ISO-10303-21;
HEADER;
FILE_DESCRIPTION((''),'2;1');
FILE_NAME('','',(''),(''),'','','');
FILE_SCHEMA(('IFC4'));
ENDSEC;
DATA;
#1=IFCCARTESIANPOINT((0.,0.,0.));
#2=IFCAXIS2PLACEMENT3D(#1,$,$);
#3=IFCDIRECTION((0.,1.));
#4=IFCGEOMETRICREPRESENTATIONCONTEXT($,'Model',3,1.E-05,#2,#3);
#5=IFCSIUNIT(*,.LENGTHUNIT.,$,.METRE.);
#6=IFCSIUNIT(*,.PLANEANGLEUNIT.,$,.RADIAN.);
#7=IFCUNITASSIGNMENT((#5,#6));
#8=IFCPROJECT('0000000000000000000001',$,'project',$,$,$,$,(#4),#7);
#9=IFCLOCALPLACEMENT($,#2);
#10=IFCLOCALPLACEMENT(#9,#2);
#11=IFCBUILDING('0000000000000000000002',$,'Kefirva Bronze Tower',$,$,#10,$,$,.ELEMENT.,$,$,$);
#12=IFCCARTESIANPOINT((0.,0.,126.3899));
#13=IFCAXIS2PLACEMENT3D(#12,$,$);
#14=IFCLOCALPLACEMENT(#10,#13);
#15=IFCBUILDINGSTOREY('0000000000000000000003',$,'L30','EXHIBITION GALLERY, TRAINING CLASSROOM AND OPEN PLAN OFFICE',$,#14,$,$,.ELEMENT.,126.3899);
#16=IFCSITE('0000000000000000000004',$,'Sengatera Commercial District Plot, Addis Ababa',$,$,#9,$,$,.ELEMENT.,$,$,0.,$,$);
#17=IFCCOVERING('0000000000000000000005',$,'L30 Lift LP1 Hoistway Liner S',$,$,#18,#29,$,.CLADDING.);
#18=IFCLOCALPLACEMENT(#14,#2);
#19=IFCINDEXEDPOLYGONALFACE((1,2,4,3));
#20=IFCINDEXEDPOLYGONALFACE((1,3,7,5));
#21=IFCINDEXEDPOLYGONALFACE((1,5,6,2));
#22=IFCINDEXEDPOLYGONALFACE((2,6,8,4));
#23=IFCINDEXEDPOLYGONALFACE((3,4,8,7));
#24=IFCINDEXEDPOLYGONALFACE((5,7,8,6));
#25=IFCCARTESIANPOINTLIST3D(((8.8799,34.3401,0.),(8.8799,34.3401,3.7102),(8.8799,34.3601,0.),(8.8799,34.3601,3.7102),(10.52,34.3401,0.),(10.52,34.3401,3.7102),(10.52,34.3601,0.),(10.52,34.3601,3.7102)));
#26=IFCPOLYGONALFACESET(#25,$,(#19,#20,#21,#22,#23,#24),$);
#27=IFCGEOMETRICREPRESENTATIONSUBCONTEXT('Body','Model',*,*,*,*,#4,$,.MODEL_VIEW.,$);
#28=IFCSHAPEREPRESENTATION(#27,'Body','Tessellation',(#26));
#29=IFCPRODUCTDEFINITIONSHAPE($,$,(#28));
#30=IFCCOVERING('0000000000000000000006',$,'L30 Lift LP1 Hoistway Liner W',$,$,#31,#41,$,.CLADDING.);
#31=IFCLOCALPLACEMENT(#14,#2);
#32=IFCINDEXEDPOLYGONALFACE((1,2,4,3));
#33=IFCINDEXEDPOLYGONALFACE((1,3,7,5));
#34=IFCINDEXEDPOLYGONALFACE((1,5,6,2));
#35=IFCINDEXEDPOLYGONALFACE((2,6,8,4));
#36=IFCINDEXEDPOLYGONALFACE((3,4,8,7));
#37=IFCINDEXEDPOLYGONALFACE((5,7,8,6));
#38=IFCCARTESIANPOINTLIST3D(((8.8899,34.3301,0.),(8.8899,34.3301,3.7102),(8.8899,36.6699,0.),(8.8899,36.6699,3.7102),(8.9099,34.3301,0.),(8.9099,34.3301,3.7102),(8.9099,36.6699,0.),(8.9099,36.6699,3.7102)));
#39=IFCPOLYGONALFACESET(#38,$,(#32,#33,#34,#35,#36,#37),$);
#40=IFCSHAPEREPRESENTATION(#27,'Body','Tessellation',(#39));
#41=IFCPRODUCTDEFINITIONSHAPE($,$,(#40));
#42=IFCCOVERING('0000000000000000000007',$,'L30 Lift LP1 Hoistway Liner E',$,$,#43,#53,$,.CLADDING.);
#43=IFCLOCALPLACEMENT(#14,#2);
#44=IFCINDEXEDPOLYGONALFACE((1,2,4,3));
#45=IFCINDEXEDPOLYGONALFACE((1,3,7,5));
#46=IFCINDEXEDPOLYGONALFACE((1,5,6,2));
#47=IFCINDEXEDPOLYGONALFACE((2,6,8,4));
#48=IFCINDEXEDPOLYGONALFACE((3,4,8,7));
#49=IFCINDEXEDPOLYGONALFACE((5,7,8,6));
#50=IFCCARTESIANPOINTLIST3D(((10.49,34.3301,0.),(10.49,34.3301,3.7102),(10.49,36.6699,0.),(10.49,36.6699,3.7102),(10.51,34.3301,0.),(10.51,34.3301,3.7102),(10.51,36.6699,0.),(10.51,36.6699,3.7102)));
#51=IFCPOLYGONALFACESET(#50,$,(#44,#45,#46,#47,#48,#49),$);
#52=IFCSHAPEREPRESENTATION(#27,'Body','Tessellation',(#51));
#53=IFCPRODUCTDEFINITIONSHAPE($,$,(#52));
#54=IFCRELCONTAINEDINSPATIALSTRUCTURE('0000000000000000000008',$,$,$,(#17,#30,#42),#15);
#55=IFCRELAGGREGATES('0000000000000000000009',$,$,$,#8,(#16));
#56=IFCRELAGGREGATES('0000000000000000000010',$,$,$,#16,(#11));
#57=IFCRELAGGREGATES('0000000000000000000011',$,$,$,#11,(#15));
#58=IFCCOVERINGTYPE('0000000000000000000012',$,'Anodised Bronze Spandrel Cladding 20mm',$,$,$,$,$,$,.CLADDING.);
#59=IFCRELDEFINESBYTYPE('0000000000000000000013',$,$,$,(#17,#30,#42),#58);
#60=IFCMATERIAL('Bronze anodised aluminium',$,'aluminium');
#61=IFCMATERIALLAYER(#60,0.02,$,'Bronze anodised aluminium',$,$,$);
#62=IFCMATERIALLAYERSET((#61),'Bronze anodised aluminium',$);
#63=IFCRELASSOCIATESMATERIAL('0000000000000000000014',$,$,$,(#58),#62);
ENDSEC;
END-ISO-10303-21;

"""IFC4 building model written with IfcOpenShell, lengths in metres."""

from ifc_helpers import new_model, si_unit, direction, frame, origin, place, context, subcontext, project, spatial, polyline, outline, extrude, material, layer, layer_set, type_object, element, save


model = new_model("IFC4")

# Units and contexts
model_context = context("Model", 3, precision=1e-05, world=origin(), true_north=direction((0.0, 1.0)))
body_context = subcontext(model_context, "Body", "Model", "MODEL_VIEW")
ifc_project = project(units=[si_unit("LENGTHUNIT", "METRE"), si_unit("PLANEANGLEUNIT", "RADIAN")], contexts=[model_context])

# Site, building, storey
site_placement = place(None, origin())
site = spatial("IfcSite", under=ifc_project, at=site_placement, Name="Sengatera Commercial District Plot, Addis Ababa", CompositionType="ELEMENT", RefElevation=0.0)
building_placement = place(site_placement, origin())
building = spatial("IfcBuilding", under=site, at=building_placement, Name="Kefirva Bronze Tower", CompositionType="ELEMENT")
storey_placement = place(building_placement, frame((0.0, 0.0, 126.3899)))
storey = spatial("IfcBuildingStorey", under=building, at=storey_placement, Name="L30", Description="EXHIBITION GALLERY, TRAINING CLASSROOM AND OPEN PLAN OFFICE", CompositionType="ELEMENT", Elevation=126.3899)

# Coverings
ifc_material_1 = material(Name="Bronze anodised aluminium", Category="aluminium")
ifc_layer_1 = layer(ifc_material_1, 0.02, Name="Bronze anodised aluminium")
ifc_layer_set_1 = layer_set([ifc_layer_1], Name="Bronze anodised aluminium")
covering_type = type_object("IfcCoveringType", Name="Anodised Bronze Spandrel Cladding 20mm", PredefinedType="CLADDING", material=ifc_layer_set_1)
covering_1_placement = place(storey_placement, origin())
element("IfcCovering", 1, at=covering_1_placement, inside=storey, type_object=covering_type, Name="L30 Lift LP1 Hoistway Liner S", PredefinedType="CLADDING", context=body_context, shape_type="SweptSolid", body=[
    extrude(outline(polyline([(8.8799, 34.3401), (10.52, 34.3401), (10.52, 34.3601), (8.8799, 34.3601), (8.8799, 34.3401)])), origin(), (0.0, 0.0, 1.0), 3.7102),
])
covering_2_placement = place(storey_placement, origin())
element("IfcCovering", 2, at=covering_2_placement, inside=storey, type_object=covering_type, Name="L30 Lift LP1 Hoistway Liner W", PredefinedType="CLADDING", context=body_context, shape_type="SweptSolid", body=[
    extrude(outline(polyline([(8.8899, 34.3301), (8.9099, 34.3301), (8.9099, 36.6699), (8.8899, 36.6699), (8.8899, 34.3301)])), origin(), (0.0, 0.0, 1.0), 3.7102),
])
covering_3_placement = place(storey_placement, origin())
element("IfcCovering", 3, at=covering_3_placement, inside=storey, type_object=covering_type, Name="L30 Lift LP1 Hoistway Liner E", PredefinedType="CLADDING", context=body_context, shape_type="SweptSolid", body=[
    extrude(outline(polyline([(10.49, 34.3301), (10.51, 34.3301), (10.51, 36.6699), (10.49, 36.6699), (10.49, 34.3301)])), origin(), (0.0, 0.0, 1.0), 3.7102),
])

save(model, "model.ifc")
